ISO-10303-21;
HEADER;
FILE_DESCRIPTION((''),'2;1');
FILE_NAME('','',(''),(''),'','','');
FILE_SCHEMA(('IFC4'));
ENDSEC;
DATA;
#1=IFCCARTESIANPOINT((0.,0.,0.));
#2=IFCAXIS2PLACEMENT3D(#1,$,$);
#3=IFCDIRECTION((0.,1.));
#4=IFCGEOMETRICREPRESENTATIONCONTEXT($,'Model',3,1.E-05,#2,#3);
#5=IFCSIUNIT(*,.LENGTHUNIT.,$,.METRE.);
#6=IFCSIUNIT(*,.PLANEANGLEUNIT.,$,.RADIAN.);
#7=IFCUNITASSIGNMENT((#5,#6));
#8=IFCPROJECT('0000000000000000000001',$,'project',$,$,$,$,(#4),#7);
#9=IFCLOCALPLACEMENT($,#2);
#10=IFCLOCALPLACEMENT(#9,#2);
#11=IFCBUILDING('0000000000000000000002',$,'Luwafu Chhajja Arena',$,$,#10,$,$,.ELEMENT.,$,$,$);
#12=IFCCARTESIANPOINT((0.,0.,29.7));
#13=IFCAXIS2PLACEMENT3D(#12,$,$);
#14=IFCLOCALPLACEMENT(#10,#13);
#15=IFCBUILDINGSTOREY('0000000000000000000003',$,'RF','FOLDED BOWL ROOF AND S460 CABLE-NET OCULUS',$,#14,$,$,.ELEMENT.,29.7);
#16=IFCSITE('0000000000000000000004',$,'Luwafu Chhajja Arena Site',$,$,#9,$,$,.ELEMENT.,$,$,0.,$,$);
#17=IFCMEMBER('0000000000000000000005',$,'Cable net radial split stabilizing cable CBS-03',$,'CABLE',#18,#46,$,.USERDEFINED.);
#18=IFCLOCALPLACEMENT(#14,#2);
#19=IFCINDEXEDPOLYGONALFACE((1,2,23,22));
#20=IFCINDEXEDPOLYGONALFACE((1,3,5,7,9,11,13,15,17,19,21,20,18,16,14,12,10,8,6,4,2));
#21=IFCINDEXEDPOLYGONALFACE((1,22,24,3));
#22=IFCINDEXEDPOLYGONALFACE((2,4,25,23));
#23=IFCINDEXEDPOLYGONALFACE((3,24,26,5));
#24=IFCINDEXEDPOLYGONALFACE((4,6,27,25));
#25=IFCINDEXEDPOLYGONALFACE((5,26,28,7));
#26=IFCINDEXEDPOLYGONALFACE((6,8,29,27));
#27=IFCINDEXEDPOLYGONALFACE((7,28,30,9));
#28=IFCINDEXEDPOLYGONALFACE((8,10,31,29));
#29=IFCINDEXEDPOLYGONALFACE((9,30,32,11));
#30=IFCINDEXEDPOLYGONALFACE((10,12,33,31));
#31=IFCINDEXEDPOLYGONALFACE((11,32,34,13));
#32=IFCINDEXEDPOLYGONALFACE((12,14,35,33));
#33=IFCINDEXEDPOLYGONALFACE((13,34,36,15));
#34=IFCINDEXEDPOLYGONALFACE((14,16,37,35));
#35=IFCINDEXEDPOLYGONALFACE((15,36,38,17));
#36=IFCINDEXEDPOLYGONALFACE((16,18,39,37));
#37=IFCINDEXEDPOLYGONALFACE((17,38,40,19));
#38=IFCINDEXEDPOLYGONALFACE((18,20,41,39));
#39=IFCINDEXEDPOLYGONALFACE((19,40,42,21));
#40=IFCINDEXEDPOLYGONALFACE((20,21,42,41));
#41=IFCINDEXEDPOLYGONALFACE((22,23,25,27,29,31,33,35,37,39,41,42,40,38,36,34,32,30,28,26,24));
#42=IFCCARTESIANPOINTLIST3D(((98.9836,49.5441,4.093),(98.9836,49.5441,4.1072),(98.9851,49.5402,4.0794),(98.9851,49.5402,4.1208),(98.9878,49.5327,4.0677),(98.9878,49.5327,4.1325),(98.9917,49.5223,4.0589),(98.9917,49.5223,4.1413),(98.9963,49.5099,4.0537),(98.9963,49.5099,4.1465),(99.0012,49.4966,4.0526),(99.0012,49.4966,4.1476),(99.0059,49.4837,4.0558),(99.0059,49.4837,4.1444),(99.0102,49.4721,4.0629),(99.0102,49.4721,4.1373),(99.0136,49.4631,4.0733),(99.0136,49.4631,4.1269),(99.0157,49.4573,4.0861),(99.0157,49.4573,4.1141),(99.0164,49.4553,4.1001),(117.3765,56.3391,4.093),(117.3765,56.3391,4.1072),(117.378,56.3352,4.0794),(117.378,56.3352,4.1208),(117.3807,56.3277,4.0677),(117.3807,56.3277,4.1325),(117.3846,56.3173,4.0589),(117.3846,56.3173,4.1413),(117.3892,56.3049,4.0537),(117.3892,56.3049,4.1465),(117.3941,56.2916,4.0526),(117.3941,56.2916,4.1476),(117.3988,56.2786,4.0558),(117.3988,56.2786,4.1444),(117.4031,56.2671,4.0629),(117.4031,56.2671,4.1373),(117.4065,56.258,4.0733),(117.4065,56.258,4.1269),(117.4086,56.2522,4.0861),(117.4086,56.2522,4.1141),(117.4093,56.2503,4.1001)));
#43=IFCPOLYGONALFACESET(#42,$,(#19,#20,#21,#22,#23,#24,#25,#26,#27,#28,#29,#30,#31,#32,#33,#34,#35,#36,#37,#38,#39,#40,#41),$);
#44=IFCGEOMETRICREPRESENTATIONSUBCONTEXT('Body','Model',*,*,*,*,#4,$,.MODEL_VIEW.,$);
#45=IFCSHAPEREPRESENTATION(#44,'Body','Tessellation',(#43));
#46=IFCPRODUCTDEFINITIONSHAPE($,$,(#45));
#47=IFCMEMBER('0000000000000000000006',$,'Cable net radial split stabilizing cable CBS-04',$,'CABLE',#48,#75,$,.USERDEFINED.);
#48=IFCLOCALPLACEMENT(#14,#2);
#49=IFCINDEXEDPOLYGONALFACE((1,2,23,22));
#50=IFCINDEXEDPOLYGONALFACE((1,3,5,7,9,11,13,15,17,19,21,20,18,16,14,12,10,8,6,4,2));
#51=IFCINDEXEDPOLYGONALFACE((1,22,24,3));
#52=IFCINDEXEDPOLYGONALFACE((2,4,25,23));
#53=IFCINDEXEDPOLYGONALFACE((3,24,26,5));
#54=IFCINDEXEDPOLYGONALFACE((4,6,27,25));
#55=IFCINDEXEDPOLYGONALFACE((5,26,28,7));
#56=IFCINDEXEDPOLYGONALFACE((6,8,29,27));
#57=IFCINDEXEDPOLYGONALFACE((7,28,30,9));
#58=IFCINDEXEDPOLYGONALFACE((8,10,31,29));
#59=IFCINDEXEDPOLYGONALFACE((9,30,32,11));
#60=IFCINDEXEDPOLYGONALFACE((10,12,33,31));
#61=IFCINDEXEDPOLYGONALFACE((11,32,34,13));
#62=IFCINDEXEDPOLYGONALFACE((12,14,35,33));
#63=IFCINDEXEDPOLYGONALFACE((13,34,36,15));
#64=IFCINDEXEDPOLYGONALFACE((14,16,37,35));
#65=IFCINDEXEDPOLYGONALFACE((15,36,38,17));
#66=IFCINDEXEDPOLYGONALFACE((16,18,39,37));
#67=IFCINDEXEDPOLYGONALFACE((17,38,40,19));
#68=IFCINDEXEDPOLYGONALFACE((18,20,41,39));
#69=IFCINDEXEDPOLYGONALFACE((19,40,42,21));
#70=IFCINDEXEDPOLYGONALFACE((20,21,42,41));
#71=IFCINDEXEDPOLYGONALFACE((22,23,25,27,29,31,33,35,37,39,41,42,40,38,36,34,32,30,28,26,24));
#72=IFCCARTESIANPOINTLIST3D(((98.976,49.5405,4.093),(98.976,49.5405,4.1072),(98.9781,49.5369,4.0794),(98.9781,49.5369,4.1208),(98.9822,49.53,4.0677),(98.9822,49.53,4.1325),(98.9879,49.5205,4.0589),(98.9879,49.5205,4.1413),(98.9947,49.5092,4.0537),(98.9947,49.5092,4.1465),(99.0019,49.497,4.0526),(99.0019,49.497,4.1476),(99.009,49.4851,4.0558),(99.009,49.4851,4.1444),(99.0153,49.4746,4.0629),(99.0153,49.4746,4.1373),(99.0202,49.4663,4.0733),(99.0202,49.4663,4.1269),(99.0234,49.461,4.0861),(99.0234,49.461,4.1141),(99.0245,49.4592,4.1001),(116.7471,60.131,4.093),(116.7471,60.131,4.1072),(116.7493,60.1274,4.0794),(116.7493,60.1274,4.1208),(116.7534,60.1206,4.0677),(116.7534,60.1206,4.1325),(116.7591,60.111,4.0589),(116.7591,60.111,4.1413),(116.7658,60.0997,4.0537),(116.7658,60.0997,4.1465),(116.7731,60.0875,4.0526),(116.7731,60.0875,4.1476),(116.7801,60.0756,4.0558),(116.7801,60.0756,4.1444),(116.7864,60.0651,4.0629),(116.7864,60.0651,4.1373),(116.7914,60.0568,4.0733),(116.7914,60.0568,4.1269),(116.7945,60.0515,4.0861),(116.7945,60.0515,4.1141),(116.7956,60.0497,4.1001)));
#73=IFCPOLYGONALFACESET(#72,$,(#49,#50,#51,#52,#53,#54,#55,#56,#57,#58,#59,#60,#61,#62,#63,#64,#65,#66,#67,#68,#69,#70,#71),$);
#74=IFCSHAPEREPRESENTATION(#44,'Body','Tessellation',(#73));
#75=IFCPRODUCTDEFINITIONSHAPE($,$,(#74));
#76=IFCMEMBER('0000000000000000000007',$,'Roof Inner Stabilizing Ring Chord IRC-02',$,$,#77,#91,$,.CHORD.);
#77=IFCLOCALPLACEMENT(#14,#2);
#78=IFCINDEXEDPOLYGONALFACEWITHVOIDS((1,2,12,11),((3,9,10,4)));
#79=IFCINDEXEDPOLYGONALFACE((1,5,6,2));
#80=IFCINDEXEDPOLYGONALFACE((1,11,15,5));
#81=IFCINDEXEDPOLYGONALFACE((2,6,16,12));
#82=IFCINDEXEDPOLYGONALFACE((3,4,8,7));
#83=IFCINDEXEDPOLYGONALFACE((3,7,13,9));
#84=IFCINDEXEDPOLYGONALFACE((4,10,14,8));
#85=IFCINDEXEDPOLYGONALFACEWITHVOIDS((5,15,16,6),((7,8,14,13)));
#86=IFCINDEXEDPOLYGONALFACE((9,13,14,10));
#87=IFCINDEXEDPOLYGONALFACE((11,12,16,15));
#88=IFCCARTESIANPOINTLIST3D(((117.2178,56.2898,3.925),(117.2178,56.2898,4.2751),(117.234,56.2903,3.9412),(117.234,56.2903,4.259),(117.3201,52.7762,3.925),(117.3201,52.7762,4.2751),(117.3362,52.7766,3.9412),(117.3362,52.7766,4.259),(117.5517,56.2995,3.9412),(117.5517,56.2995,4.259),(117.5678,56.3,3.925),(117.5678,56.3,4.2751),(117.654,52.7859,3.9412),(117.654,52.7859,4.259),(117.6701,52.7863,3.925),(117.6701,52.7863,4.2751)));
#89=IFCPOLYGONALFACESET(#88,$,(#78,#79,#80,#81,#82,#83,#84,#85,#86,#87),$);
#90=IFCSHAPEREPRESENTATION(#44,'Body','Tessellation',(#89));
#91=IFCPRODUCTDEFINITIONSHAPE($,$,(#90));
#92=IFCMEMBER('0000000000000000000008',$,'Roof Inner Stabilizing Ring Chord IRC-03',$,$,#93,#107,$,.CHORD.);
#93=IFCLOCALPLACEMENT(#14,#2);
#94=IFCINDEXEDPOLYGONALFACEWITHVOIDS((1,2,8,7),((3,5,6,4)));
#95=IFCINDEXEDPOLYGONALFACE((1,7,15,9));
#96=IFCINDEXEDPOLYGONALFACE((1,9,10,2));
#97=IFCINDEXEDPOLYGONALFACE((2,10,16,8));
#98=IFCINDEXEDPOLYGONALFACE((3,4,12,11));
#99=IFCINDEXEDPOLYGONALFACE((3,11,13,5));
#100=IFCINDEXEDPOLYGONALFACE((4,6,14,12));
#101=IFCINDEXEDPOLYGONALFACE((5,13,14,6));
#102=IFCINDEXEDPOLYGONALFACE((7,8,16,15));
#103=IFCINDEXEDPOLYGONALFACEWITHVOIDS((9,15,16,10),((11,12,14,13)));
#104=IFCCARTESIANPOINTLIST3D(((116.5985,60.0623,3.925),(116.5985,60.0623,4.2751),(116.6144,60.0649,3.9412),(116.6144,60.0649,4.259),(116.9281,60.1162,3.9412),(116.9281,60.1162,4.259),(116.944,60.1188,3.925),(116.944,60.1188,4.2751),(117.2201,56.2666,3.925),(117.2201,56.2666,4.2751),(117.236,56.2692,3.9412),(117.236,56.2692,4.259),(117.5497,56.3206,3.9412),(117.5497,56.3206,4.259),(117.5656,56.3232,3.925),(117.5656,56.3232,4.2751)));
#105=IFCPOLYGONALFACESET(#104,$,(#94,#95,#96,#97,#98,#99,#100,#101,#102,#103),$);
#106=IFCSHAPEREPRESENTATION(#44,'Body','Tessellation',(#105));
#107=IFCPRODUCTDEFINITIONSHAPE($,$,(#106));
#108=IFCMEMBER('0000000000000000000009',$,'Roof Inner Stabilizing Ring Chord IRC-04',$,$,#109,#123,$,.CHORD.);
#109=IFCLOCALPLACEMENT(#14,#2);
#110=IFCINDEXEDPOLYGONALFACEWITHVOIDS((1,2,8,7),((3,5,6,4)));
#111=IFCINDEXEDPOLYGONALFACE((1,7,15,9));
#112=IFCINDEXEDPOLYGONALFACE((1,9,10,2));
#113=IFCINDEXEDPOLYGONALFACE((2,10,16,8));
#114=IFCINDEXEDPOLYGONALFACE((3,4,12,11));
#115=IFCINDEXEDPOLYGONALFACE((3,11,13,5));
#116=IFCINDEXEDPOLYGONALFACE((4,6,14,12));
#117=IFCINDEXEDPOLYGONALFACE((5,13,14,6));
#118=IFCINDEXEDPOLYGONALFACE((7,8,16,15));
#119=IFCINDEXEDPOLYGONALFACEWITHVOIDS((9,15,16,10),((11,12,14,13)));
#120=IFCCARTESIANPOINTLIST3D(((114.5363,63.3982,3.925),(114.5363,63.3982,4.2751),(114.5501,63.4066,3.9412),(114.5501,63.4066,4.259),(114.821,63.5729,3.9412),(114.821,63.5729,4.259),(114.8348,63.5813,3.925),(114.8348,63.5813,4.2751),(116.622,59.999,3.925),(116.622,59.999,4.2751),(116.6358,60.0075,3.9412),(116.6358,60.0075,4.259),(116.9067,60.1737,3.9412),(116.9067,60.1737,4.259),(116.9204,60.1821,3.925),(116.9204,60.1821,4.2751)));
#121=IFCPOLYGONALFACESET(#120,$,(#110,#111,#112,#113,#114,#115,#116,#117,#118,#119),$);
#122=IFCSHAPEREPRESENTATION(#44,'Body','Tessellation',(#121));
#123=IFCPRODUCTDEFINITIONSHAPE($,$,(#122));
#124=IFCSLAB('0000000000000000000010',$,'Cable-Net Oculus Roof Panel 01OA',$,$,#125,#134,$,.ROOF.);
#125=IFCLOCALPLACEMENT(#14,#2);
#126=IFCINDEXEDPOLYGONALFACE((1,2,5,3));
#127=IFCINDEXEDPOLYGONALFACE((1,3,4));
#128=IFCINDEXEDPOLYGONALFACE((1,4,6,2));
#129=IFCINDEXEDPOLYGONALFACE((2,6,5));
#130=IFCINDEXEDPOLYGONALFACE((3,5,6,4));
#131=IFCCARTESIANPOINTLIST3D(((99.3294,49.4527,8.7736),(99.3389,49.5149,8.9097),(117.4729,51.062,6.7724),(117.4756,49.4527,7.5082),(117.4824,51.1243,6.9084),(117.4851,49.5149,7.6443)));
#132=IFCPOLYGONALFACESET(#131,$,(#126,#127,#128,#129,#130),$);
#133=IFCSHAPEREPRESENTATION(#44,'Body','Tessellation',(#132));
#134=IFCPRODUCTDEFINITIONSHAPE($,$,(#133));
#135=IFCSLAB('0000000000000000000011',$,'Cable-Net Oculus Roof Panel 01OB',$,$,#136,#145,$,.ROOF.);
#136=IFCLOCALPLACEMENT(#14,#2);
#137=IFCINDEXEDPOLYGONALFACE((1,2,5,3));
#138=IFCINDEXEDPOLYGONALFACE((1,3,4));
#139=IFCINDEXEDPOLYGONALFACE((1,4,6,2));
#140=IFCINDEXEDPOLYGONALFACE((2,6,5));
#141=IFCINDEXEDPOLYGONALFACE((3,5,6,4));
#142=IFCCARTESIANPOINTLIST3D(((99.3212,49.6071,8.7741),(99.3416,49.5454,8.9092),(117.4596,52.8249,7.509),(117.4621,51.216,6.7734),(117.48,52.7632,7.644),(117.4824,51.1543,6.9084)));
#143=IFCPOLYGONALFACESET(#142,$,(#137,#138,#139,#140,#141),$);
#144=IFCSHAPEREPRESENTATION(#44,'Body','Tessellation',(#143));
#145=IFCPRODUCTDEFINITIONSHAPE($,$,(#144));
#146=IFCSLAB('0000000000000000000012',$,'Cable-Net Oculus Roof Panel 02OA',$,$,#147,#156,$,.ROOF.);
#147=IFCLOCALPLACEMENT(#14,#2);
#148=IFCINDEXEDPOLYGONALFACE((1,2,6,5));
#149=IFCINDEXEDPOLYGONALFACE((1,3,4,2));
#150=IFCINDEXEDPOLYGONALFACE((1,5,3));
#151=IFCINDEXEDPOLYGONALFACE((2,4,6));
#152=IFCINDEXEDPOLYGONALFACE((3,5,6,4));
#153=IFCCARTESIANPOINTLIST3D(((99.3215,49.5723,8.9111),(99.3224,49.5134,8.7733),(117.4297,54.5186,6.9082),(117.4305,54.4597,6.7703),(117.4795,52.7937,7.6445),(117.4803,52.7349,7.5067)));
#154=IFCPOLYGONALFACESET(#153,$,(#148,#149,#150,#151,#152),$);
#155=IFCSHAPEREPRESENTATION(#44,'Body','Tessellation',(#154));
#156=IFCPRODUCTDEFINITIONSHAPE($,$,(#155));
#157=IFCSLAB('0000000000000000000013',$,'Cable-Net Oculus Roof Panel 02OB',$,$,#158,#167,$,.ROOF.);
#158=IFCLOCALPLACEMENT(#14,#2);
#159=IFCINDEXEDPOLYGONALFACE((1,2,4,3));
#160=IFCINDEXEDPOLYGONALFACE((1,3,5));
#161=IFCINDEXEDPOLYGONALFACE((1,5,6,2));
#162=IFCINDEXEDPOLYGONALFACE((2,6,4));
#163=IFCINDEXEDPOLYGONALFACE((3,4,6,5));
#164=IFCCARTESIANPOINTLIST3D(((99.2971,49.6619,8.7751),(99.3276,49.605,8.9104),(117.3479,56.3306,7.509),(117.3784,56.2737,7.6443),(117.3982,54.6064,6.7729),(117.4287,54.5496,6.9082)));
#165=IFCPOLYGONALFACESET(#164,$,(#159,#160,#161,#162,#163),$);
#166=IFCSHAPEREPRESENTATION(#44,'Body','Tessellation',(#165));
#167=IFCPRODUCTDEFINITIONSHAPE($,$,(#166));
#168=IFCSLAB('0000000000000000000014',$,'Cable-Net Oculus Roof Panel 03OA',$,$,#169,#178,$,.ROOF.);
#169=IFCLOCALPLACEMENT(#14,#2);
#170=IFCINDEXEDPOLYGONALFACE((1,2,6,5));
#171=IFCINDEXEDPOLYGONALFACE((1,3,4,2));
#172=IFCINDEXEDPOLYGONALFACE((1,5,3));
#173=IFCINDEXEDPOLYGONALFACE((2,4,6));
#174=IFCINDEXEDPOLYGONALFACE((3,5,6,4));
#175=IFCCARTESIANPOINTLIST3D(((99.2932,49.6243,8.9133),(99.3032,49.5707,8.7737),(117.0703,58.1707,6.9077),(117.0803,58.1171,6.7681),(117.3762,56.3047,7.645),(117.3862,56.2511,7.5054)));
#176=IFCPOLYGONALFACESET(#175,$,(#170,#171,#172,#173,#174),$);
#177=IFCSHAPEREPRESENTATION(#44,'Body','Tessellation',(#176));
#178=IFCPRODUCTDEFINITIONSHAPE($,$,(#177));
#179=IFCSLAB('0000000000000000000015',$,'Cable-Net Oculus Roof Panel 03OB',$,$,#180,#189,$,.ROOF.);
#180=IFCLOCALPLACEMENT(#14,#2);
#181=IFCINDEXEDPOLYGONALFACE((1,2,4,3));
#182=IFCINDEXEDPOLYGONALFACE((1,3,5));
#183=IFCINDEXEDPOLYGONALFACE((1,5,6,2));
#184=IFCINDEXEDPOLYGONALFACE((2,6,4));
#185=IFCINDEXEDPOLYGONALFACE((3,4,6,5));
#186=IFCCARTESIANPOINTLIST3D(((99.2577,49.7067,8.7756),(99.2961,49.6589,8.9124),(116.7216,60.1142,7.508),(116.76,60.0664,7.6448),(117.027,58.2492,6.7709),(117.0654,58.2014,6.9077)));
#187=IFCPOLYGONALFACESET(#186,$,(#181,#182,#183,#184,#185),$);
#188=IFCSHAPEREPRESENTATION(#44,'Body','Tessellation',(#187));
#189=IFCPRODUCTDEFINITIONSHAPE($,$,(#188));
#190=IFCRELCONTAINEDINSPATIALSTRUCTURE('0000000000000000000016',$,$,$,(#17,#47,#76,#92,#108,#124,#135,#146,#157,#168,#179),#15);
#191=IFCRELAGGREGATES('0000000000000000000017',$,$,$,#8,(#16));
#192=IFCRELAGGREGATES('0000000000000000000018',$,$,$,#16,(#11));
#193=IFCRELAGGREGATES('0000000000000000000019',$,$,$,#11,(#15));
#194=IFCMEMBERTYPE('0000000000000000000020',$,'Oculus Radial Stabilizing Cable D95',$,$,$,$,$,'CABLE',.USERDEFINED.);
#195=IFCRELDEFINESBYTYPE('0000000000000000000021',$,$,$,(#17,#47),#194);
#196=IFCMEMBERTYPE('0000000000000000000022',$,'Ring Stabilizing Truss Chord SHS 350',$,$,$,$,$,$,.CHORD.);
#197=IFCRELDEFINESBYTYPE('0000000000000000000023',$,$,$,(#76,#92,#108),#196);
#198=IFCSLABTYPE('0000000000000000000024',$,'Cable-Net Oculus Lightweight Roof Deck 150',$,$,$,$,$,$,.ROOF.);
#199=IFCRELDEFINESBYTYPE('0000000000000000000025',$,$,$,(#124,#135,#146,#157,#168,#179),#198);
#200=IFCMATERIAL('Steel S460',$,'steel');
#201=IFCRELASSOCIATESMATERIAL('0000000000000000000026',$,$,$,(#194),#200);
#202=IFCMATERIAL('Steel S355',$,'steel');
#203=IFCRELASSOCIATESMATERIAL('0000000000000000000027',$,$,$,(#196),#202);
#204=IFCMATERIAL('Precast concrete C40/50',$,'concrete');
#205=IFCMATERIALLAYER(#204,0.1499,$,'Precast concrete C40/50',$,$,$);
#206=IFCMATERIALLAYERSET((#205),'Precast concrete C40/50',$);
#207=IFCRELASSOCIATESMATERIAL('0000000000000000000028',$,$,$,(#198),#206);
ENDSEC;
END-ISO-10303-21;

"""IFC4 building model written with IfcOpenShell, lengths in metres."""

from ifc_helpers import new_model, si_unit, direction, frame, origin, origin_2d, place, context, subcontext, project, spatial, polyline, hollow_rectangle, circle, outline, extrude, material, layer, layer_set, material_profile, profile_set, type_object, element, save


model = new_model("IFC4")

# Units and contexts
model_context = context("Model", 3, precision=1e-05, world=origin(), true_north=direction((0.0, 1.0)))
body_context = subcontext(model_context, "Body", "Model", "MODEL_VIEW")
ifc_project = project(units=[si_unit("LENGTHUNIT", "METRE"), si_unit("PLANEANGLEUNIT", "RADIAN")], contexts=[model_context])

# Site, building, storey
site_placement = place(None, origin())
site = spatial("IfcSite", under=ifc_project, at=site_placement, Name="Luwafu Chhajja Arena Site", CompositionType="ELEMENT", RefElevation=0.0)
building_placement = place(site_placement, origin())
building = spatial("IfcBuilding", under=site, at=building_placement, Name="Luwafu Chhajja Arena", CompositionType="ELEMENT")
storey_placement = place(building_placement, frame((0.0, 0.0, 29.7)))
storey = spatial("IfcBuildingStorey", under=building, at=storey_placement, Name="RF", Description="FOLDED BOWL ROOF AND S460 CABLE-NET OCULUS", CompositionType="ELEMENT", Elevation=29.7)

# Shared definitions
ifc_material_1 = material(Name="Steel S355", Category="steel")

# Members
ifc_material_2 = material(Name="Steel S460", Category="steel")
ifc_material_profile_1 = material_profile(ifc_material_2, circle(Radius=0.0476, at=origin_2d()), Name="CABLE D95")
ifc_profile_set_1 = profile_set([ifc_material_profile_1], Name="Steel S460")
member_type_1 = type_object("IfcMemberType", Name="Oculus Radial Stabilizing Cable D95", ElementType="CABLE", PredefinedType="USERDEFINED", material=ifc_profile_set_1)
member_1_placement = place(storey_placement, frame((117.3928, 56.2949, 4.1001), z_axis=(-0.938035, -0.346541, 0.0), x_axis=(0.346541, -0.938035, 0.0)))
element("IfcMember", 1, at=member_1_placement, inside=storey, type_object=member_type_1, Name="Cable net radial split stabilizing cable CBS-03", ObjectType="CABLE", PredefinedType="USERDEFINED", context=body_context, shape_type="SweptSolid", body=[
    extrude(circle(Radius=0.0476, at=origin_2d()), origin(), (0.0, 0.0, 1.0), 19.6079),
])
member_2_placement = place(storey_placement, frame((116.7712, 60.0906, 4.1001), z_axis=(-0.859028, -0.511928, 0.0), x_axis=(0.511928, -0.859028, 0.0)))
element("IfcMember", 2, at=member_2_placement, inside=storey, type_object=member_type_1, Name="Cable net radial split stabilizing cable CBS-04", ObjectType="CABLE", PredefinedType="USERDEFINED", context=body_context, shape_type="SweptSolid", body=[
    extrude(circle(Radius=0.0476, at=origin_2d()), origin(), (0.0, 0.0, 1.0), 20.6875),
])
ifc_material_profile_2 = material_profile(ifc_material_1, hollow_rectangle(XDim=0.3501, YDim=0.3501, WallThickness=0.0161, at=origin_2d()), Name="SHS 350x350x16")
ifc_profile_set_2 = profile_set([ifc_material_profile_2], Name="Steel S355")
member_type_2 = type_object("IfcMemberType", Name="Ring Stabilizing Truss Chord SHS 350", PredefinedType="CHORD", material=ifc_profile_set_2)
member_3_placement = place(storey_placement, frame((117.4951, 52.7812, 4.1001), z_axis=(-0.029101, 0.999576, 0.0), x_axis=(-0.999576, -0.029101, 0.0)))
element("IfcMember", 3, at=member_3_placement, inside=storey, type_object=member_type_2, Name="Roof Inner Stabilizing Ring Chord IRC-02", PredefinedType="CHORD", context=body_context, shape_type="SweptSolid", body=[
    extrude(hollow_rectangle(XDim=0.3501, YDim=0.3501, WallThickness=0.0161, at=origin_2d()), origin(), (0.0, 0.0, 1.0), 3.5151),
])
member_4_placement = place(storey_placement, frame((117.3928, 56.2949, 4.1001), z_axis=(-0.161609, 0.986855, 0.0), x_axis=(-0.986855, -0.161609, 0.0)))
element("IfcMember", 4, at=member_4_placement, inside=storey, type_object=member_type_2, Name="Roof Inner Stabilizing Ring Chord IRC-03", PredefinedType="CHORD", context=body_context, shape_type="SweptSolid", body=[
    extrude(hollow_rectangle(XDim=0.3501, YDim=0.3501, WallThickness=0.0161, at=origin_2d()), origin(), (0.0, 0.0, 1.0), 3.8462),
])
member_5_placement = place(storey_placement, frame((116.7712, 60.0906, 4.1001), z_axis=(-0.522987, 0.852341, 0.0), x_axis=(-0.852341, -0.522987, 0.0)))
element("IfcMember", 5, at=member_5_placement, inside=storey, type_object=member_type_2, Name="Roof Inner Stabilizing Ring Chord IRC-04", PredefinedType="CHORD", context=body_context, shape_type="SweptSolid", body=[
    extrude(hollow_rectangle(XDim=0.3501, YDim=0.3501, WallThickness=0.0161, at=origin_2d()), origin(), (0.0, 0.0, 1.0), 3.988),
])

# Slabs
ifc_material_3 = material(Name="Precast concrete C40/50", Category="concrete")
ifc_layer_1 = layer(ifc_material_3, 0.1499, Name="Precast concrete C40/50")
ifc_layer_set_1 = layer_set([ifc_layer_1], Name="Precast concrete C40/50")
slab_type = type_object("IfcSlabType", Name="Cable-Net Oculus Lightweight Roof Deck 150", PredefinedType="ROOF", material=ifc_layer_set_1)
slab_1_placement = place(storey_placement, frame((117.4851, 49.5149, 7.6443), z_axis=(0.063288, 0.415072, 0.907585), x_axis=(-0.997578, 0.0, 0.069563)))
element("IfcSlab", 6, at=slab_1_placement, inside=storey, type_object=slab_type, Name="Cable-Net Oculus Roof Panel 01OA", PredefinedType="ROOF", context=body_context, shape_type="SweptSolid", body=[
    extrude(outline(polyline([(0.0, 0.0), (18.1903, 0.0), (-0.0485, -1.769), (0.0, 0.0)])), origin(), (0.0, 0.0, -1.0), 0.1499),
])
slab_2_placement = place(storey_placement, frame((117.4824, 51.1543, 6.9084), z_axis=(0.135901, -0.41178, 0.901093), x_axis=(-0.990133, -0.087813, 0.1092)))
element("IfcSlab", 7, at=slab_2_placement, inside=storey, type_object=slab_type, Name="Cable-Net Oculus Roof Panel 01OB", PredefinedType="ROOF", context=body_context, shape_type="SweptSolid", body=[
    extrude(outline(polyline([(0.0, 0.0), (18.3216, 0.0), (-0.0585, -1.7681), (0.0, 0.0)])), origin(), (0.0, 0.0, -1.0), 0.1499),
])
slab_3_placement = place(storey_placement, frame((117.4795, 52.7937, 7.6445), z_axis=(-0.005473, 0.392475, 0.919746), x_axis=(-0.98231, -0.174273, 0.068521)))
element("IfcSlab", 8, at=slab_3_placement, inside=storey, type_object=slab_type, Name="Cable-Net Oculus Roof Panel 02OA", PredefinedType="ROOF", context=body_context, shape_type="SweptSolid", body=[
    extrude(outline(polyline([(0.0, 0.0), (18.485, 0.0), (-0.3021, -1.8516), (0.0, 0.0)])), origin(), (0.0, 0.0, -1.0), 0.1499),
])
slab_4_placement = place(storey_placement, frame((117.4287, 54.5496, 6.9082), z_axis=(0.203476, -0.379405, 0.902579), x_axis=(-0.959211, -0.262023, 0.1061)))
element("IfcSlab", 9, at=slab_4_placement, inside=storey, type_object=slab_type, Name="Cable-Net Oculus Roof Panel 02OB", PredefinedType="ROOF", context=body_context, shape_type="SweptSolid", body=[
    extrude(outline(polyline([(0.0, 0.0), (18.8708, 0.0), (-0.3254, -1.8469), (0.0, 0.0)])), origin(), (0.0, 0.0, -1.0), 0.1499),
])
slab_5_placement = place(storey_placement, frame((117.3762, 56.3047, 7.645), z_axis=(-0.066618, 0.357203, 0.931648), x_axis=(-0.936012, -0.345792, 0.06565)))
element("IfcSlab", 10, at=slab_5_placement, inside=storey, type_object=slab_type, Name="Cable-Net Oculus Roof Panel 03OA", PredefinedType="ROOF", context=body_context, shape_type="SweptSolid", body=[
    extrude(outline(polyline([(0.0, 0.0), (19.3192, 0.0), (-0.4073, -1.9882), (0.0, 0.0)])), origin(), (0.0, 0.0, -1.0), 0.1499),
])
slab_6_placement = place(storey_placement, frame((117.0654, 58.2014, 6.9077), z_axis=(0.25617, -0.318708, 0.91258), x_axis=(-0.896638, -0.431054, 0.101154)))
element("IfcSlab", 11, at=slab_6_placement, inside=storey, type_object=slab_type, Name="Cable-Net Oculus Roof Panel 03OB", PredefinedType="ROOF", context=body_context, shape_type="SweptSolid", body=[
    extrude(outline(polyline([(0.0, 0.0), (19.8177, 0.0), (-0.4555, -1.9767), (0.0, 0.0)])), origin(), (0.0, 0.0, -1.0), 0.1499),
])

save(model, "model.ifc")
